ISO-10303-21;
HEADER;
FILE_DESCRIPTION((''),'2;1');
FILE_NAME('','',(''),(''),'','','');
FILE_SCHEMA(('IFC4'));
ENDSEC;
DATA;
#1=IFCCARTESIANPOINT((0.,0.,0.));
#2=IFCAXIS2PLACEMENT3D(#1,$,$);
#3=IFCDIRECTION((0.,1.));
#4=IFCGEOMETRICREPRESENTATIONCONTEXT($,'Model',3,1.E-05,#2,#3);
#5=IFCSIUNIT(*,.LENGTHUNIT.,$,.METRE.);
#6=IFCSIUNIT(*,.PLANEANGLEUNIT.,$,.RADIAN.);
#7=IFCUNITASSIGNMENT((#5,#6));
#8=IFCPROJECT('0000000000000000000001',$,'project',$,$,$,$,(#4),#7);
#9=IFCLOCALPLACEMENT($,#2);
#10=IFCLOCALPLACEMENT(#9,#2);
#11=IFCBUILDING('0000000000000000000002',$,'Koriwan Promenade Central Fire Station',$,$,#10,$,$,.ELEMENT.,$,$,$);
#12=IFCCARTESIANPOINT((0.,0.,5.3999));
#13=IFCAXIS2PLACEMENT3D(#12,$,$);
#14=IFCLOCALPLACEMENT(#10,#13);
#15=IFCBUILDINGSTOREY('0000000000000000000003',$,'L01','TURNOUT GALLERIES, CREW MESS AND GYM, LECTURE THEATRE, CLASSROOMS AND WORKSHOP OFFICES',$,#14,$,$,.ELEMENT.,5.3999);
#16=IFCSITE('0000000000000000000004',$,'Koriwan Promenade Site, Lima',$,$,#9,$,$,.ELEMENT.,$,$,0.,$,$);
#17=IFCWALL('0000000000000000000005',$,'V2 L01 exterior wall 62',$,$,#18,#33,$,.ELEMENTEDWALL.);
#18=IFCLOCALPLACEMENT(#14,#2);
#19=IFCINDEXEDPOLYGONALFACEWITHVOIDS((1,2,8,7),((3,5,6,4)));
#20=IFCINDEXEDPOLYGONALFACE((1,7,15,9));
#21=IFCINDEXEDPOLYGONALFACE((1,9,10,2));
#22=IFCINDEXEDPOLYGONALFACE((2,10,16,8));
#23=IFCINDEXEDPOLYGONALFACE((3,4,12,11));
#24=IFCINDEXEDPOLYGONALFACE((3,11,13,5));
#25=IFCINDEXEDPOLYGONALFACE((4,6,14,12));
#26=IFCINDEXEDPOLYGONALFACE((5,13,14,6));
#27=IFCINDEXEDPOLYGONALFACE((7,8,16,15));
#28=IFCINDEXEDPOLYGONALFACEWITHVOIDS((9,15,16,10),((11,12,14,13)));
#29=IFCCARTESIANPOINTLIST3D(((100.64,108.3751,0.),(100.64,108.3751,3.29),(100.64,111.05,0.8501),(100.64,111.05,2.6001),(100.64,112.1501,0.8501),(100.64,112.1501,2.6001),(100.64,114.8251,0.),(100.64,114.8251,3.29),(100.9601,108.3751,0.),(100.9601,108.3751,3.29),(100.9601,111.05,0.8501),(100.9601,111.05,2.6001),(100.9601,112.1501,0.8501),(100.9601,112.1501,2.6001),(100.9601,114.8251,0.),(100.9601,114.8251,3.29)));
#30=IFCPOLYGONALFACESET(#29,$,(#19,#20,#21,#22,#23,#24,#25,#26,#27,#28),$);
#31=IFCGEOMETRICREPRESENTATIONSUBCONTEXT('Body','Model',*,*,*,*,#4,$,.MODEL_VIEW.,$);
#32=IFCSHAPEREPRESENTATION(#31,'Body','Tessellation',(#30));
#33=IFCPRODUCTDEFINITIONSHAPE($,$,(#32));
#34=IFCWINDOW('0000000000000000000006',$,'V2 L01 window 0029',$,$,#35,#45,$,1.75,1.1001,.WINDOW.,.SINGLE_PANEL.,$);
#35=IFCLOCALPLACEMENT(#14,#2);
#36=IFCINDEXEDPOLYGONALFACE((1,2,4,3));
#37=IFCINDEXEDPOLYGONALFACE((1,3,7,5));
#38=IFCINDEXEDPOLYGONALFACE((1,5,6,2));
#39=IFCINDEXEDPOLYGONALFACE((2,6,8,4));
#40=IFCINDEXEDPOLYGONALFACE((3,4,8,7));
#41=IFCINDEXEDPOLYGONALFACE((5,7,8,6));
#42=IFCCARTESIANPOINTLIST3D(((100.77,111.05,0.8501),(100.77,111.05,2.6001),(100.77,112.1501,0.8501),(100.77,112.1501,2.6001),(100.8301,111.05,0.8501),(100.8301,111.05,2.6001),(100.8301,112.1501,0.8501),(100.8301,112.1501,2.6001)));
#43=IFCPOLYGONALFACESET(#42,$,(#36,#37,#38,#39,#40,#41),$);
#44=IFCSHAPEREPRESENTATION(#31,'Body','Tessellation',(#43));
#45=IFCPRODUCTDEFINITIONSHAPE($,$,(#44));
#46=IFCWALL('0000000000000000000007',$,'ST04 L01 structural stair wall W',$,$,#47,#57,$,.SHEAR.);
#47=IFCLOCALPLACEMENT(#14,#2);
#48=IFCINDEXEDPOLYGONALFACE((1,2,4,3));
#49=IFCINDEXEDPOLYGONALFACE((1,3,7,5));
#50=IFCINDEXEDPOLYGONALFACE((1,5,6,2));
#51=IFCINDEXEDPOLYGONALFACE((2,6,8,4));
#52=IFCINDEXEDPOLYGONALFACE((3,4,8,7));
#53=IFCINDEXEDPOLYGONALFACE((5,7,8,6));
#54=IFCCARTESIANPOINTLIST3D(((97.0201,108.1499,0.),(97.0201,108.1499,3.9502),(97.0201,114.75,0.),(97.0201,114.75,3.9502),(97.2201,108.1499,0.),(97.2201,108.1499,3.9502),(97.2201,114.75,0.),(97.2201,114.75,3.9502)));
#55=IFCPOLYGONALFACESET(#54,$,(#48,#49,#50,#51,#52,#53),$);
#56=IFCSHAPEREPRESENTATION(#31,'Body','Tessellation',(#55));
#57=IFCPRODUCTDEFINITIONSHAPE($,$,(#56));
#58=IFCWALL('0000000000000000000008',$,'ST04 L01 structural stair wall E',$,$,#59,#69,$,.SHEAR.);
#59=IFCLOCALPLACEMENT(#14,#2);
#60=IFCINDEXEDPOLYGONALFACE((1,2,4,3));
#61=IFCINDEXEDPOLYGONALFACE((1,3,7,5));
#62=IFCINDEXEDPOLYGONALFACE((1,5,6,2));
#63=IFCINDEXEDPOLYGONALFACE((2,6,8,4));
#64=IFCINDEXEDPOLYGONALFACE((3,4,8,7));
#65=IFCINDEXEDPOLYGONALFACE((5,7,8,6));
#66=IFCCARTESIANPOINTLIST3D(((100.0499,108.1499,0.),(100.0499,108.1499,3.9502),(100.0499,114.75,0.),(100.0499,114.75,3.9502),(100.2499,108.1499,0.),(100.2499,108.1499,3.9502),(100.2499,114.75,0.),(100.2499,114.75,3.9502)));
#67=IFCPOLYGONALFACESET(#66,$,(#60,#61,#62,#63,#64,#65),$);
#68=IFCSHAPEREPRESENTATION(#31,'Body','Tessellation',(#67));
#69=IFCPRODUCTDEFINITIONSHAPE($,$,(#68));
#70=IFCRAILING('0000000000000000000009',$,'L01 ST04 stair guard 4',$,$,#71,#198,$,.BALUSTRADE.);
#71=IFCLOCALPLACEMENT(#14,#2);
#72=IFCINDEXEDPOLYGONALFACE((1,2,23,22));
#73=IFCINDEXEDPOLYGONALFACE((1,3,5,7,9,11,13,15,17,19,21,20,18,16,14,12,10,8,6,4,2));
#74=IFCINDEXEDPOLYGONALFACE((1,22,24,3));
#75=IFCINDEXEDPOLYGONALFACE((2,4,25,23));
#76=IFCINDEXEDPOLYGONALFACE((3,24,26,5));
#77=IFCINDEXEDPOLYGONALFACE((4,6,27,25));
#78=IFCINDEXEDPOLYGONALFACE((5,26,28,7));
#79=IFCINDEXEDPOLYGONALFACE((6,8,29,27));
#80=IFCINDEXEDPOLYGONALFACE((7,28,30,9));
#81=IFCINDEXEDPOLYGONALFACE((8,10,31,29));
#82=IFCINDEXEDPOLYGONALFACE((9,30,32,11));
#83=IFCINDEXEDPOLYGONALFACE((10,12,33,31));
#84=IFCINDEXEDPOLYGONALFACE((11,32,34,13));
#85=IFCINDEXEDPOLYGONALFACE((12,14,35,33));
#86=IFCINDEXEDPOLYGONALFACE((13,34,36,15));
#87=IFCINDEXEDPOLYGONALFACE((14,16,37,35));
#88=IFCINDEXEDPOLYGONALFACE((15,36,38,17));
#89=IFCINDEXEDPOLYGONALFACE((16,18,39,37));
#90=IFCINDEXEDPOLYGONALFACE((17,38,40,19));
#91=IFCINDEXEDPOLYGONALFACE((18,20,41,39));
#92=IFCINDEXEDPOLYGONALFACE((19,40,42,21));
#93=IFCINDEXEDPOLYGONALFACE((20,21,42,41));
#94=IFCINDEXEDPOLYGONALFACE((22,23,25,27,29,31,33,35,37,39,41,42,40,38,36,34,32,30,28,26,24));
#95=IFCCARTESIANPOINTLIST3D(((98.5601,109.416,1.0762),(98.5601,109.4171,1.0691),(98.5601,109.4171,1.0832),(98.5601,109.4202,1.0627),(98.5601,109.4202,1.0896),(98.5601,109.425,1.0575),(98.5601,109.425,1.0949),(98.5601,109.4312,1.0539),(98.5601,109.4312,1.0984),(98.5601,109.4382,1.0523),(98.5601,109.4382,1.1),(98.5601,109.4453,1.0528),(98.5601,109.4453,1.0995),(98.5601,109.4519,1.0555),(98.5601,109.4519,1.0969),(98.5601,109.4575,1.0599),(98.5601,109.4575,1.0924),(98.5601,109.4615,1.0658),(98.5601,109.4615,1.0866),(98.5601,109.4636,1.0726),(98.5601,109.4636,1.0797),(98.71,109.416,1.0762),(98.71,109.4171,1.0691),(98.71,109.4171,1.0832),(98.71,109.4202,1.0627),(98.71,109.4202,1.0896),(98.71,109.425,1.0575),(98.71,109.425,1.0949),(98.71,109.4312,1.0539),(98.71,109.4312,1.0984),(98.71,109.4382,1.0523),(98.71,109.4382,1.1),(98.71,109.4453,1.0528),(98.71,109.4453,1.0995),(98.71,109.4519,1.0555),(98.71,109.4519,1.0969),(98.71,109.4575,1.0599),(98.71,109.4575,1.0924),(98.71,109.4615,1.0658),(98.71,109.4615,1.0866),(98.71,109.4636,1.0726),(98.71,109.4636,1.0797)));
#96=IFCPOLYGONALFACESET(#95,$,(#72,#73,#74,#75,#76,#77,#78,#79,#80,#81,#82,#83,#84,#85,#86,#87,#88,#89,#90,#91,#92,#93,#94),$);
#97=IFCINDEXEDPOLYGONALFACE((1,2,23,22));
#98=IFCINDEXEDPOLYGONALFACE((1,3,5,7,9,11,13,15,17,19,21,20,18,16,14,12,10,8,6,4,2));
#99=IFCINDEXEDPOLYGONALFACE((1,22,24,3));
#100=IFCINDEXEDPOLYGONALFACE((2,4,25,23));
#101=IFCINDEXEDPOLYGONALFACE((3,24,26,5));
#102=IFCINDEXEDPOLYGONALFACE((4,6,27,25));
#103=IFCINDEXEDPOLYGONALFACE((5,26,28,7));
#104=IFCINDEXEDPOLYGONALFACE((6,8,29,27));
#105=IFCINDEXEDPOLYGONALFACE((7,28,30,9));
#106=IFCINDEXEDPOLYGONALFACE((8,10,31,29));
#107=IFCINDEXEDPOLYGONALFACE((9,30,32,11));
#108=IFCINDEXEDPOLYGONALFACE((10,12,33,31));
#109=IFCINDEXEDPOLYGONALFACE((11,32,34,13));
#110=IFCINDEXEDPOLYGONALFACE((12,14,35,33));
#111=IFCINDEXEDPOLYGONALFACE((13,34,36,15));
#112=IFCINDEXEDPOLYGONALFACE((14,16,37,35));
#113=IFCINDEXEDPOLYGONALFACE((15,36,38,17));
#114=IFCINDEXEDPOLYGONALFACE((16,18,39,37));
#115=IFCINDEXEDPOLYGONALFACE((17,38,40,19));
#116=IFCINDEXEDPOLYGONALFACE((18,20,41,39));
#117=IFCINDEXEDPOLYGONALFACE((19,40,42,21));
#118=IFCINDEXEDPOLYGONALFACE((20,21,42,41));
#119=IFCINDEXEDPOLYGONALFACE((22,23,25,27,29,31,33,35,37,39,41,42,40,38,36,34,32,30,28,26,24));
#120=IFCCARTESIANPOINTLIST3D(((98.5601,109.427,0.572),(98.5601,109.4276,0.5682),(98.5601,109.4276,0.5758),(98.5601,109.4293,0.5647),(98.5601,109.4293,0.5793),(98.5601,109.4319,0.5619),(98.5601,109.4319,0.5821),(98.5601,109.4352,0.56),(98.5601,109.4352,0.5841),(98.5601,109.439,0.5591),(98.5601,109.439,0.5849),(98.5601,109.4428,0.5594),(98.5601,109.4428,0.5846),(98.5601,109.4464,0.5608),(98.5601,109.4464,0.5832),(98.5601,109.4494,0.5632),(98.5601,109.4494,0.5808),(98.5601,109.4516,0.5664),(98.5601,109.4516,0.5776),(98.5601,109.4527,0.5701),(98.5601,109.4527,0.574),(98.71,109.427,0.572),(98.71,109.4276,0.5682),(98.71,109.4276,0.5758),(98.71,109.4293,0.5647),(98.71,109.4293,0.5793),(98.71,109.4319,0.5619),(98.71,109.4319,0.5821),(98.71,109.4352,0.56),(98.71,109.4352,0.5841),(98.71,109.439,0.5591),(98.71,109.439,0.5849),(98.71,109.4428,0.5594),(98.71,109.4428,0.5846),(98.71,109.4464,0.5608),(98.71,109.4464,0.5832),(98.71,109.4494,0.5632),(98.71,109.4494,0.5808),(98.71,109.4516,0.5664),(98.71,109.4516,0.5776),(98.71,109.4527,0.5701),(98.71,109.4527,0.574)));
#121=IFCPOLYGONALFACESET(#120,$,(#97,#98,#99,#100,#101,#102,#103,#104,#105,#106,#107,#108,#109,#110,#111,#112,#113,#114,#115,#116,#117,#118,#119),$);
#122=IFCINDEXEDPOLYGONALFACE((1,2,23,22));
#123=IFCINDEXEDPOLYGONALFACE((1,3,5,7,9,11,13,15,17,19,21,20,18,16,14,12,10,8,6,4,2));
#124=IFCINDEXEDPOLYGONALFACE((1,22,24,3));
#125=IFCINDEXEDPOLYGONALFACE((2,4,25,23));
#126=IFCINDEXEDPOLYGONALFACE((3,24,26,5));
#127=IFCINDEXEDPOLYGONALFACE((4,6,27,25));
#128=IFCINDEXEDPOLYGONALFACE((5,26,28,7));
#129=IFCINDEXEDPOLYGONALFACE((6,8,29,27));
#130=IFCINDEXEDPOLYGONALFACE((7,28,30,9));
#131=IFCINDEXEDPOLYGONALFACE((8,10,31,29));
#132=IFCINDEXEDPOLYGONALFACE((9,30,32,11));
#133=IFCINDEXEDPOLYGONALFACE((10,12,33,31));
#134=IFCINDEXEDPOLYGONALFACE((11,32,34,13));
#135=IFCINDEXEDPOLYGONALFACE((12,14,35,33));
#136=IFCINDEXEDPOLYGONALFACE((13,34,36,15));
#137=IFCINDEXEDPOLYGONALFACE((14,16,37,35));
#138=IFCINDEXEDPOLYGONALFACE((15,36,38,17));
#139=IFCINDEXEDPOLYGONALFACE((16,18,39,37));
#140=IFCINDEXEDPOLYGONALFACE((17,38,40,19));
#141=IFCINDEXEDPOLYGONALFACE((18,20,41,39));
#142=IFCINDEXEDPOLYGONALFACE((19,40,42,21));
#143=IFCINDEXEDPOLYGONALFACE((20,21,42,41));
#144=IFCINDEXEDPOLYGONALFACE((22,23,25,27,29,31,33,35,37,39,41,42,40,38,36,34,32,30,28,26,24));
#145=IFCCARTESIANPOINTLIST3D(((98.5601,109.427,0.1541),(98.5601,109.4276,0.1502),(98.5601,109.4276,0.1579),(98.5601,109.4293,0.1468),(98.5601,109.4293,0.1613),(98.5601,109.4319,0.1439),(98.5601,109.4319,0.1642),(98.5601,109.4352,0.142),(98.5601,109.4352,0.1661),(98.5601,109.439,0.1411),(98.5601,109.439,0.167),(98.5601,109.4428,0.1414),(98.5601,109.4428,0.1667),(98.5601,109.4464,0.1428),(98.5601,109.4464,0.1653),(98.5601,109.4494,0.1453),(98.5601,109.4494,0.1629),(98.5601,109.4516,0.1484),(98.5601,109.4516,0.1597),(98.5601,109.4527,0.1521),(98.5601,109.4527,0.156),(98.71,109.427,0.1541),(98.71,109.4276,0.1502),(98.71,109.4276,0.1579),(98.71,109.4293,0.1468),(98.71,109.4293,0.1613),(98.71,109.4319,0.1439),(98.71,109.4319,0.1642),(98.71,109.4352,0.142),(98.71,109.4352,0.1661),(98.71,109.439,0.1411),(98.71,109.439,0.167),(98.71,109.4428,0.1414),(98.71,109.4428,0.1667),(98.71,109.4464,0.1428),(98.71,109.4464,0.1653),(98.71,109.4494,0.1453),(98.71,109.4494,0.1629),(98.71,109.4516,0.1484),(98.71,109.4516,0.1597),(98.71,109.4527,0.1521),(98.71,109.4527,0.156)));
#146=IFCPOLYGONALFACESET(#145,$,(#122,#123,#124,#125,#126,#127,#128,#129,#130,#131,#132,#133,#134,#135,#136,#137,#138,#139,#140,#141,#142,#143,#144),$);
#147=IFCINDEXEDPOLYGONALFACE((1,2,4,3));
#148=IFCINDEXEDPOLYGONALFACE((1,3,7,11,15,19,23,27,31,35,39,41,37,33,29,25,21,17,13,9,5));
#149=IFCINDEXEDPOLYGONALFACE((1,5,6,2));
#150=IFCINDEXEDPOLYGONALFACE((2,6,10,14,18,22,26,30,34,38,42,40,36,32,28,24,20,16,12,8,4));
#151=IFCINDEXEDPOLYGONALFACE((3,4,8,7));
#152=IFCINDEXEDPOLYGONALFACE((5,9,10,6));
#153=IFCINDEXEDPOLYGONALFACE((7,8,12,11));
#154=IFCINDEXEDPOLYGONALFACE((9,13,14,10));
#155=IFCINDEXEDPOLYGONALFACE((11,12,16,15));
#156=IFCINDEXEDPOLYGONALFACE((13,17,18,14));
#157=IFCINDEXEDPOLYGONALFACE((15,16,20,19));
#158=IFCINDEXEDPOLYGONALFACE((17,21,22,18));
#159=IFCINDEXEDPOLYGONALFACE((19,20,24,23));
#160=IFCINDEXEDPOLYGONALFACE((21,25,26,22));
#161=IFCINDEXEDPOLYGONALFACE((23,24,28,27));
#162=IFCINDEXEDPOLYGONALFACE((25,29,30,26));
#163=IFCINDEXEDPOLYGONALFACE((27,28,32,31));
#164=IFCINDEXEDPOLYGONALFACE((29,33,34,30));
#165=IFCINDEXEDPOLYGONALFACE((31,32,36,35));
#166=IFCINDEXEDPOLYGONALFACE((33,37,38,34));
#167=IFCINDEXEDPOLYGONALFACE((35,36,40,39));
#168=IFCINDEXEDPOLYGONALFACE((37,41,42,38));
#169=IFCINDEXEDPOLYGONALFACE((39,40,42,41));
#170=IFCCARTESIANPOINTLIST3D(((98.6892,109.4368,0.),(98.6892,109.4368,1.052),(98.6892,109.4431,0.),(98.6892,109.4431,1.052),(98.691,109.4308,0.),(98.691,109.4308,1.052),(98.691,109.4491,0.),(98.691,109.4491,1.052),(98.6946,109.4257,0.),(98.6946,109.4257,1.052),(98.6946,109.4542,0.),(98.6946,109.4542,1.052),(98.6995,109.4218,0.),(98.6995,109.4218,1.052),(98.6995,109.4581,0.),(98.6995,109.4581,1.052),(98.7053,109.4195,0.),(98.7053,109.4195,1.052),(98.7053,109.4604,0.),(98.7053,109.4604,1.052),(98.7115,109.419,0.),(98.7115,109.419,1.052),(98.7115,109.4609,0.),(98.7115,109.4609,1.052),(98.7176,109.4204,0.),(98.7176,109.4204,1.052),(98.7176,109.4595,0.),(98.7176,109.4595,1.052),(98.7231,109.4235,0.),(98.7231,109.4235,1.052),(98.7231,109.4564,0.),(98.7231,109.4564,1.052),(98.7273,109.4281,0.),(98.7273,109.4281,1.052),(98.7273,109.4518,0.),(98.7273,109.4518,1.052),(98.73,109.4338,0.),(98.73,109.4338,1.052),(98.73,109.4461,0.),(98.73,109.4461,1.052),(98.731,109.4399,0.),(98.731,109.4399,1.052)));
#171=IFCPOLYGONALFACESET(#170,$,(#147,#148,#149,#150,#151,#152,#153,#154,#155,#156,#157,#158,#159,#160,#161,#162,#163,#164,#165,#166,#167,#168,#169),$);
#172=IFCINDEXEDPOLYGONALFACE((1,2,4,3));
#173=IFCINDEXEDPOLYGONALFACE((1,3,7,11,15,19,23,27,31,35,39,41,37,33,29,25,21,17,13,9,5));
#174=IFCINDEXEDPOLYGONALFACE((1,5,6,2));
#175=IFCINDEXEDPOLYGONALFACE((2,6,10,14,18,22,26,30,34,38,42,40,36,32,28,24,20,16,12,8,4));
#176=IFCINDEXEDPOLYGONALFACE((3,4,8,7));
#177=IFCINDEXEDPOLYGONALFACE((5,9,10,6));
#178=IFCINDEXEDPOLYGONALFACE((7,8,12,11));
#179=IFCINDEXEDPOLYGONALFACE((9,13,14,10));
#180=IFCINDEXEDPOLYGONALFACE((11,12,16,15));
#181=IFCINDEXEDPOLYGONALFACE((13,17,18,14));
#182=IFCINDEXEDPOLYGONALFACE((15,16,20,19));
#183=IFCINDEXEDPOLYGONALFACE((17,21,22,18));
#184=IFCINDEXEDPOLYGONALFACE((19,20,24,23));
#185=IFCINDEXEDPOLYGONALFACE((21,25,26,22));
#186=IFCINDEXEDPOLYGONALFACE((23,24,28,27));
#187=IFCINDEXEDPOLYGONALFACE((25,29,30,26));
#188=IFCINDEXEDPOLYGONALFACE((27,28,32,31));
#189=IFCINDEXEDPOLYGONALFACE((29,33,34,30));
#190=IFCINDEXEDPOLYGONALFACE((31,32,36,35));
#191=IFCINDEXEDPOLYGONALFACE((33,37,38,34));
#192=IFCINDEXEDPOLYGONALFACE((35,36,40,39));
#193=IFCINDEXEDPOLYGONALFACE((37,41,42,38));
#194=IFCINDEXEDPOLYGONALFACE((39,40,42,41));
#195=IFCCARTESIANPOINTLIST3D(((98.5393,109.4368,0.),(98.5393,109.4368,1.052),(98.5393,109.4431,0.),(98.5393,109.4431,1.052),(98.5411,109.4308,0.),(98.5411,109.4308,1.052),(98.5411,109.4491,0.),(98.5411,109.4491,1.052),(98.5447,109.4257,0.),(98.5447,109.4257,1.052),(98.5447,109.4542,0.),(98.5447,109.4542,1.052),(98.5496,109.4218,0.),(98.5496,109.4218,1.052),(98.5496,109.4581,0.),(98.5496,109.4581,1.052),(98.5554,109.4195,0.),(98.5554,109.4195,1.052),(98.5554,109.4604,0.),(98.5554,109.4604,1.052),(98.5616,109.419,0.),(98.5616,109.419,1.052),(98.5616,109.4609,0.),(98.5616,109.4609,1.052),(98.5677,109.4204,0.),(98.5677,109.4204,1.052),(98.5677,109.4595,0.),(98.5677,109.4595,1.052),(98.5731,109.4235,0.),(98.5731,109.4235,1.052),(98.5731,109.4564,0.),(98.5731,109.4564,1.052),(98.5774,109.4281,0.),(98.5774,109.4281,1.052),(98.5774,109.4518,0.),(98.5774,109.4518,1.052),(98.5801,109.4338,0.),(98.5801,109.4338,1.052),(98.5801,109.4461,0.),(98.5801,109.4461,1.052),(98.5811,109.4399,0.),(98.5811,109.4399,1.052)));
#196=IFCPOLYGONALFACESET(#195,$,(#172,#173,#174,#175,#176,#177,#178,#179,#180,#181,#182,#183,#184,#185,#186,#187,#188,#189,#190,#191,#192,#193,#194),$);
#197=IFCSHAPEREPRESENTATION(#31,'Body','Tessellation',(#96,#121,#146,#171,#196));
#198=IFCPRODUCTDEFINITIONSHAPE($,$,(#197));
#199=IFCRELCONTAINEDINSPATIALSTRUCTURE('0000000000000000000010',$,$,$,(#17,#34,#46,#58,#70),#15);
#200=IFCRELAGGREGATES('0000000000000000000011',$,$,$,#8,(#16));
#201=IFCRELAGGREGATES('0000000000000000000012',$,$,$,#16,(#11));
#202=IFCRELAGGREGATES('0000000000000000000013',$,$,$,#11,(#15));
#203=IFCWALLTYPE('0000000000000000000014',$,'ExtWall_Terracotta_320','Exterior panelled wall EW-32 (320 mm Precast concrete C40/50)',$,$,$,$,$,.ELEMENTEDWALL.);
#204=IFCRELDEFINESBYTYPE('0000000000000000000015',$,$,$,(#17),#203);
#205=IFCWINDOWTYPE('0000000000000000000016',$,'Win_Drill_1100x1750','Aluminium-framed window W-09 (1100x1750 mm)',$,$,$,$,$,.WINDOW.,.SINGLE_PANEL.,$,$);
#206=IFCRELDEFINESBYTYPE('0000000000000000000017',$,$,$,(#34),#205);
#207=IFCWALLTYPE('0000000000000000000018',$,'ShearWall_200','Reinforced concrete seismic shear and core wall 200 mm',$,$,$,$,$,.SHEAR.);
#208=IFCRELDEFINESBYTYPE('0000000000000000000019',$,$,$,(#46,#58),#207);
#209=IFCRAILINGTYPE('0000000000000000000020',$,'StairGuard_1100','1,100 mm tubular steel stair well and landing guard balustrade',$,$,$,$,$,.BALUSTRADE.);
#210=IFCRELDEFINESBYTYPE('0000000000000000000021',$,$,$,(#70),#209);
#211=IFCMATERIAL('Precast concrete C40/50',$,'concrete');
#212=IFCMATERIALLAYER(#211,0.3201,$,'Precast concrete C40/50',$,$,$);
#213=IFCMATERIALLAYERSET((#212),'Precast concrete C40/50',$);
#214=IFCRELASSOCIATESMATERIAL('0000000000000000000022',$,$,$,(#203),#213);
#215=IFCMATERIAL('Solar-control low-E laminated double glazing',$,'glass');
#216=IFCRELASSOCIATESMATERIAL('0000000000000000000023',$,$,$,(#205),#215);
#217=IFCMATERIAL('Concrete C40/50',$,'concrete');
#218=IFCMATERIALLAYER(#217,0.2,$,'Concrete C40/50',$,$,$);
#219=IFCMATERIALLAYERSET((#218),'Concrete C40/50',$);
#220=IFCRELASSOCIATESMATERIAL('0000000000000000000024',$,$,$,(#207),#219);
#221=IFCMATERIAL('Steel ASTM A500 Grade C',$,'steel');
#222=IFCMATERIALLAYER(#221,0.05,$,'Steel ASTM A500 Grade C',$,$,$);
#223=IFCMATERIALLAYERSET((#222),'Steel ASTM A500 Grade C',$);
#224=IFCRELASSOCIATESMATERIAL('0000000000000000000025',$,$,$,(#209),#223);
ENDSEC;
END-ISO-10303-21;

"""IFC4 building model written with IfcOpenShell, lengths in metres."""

from ifc_helpers import new_model, si_unit, direction, frame, frame_2d, origin, origin_2d, place, context, subcontext, project, spatial, rectangle, circle, extrude, material, layer, layer_set, type_object, element, fill, save


model = new_model("IFC4")

# Units and contexts
model_context = context("Model", 3, precision=1e-05, world=origin(), true_north=direction((0.0, 1.0)))
body_context = subcontext(model_context, "Body", "Model", "MODEL_VIEW")
ifc_project = project(units=[si_unit("LENGTHUNIT", "METRE"), si_unit("PLANEANGLEUNIT", "RADIAN")], contexts=[model_context])

# Site, building, storey
site_placement = place(None, origin())
site = spatial("IfcSite", under=ifc_project, at=site_placement, Name="Koriwan Promenade Site, Lima", CompositionType="ELEMENT", RefElevation=0.0)
building_placement = place(site_placement, origin())
building = spatial("IfcBuilding", under=site, at=building_placement, Name="Koriwan Promenade Central Fire Station", CompositionType="ELEMENT")
storey_placement = place(building_placement, frame((0.0, 0.0, 5.3999)))
storey = spatial("IfcBuildingStorey", under=building, at=storey_placement, Name="L01", Description="TURNOUT GALLERIES, CREW MESS AND GYM, LECTURE THEATRE, CLASSROOMS AND WORKSHOP OFFICES", CompositionType="ELEMENT", Elevation=5.3999)

# Shared definitions
ifc_material_1 = material(Name="Concrete C40/50", Category="concrete")

# Shared definitions
ifc_material_2 = material(Name="Precast concrete C40/50", Category="concrete")
ifc_layer_1 = layer(ifc_material_2, 0.3201, Name="Precast concrete C40/50")
ifc_layer_set_1 = layer_set([ifc_layer_1], Name="Precast concrete C40/50")
wall_type_1 = type_object("IfcWallType", Name="ExtWall_Terracotta_320", Description="Exterior panelled wall EW-32 (320 mm Precast concrete C40/50)", PredefinedType="ELEMENTEDWALL", material=ifc_layer_set_1)

# Wall, opening, window
wall_1_placement = place(storey_placement, frame((100.8, 108.375, 0.0), z_axis=(0.0, 0.0, 1.0), x_axis=(0.0, 1.0, 0.0)))
wall_1 = element("IfcWall", 1, at=wall_1_placement, inside=storey, type_object=wall_type_1, Name="V2 L01 exterior wall 62", PredefinedType="ELEMENTEDWALL", context=body_context, shape_type="SweptSolid", body=[
    extrude(rectangle(XDim=6.45, YDim=0.3201, at=frame_2d((3.2251, 0.0))), origin(), (0.0, 0.0, 1.0), 3.29),
])
opening_1_placement = place(wall_1_placement, frame((2.675, 0.0, 0.8501)))
opening_1 = element("IfcOpeningElement", 2, at=opening_1_placement, cuts=wall_1, PredefinedType="OPENING", context=body_context, shape_type="SweptSolid", body=[
    extrude(rectangle(XDim=1.1001, YDim=1.75, at=frame_2d((0.55, 0.875))), frame((0.0, 0.1719, 0.0), z_axis=(0.0, -1.0, 0.0), x_axis=(1.0, 0.0, 0.0)), (0.0, 0.0, 1.0), 0.344),
])
ifc_material_3 = material(Name="Solar-control low-E laminated double glazing", Category="glass")
window_type = type_object("IfcWindowType", Name="Win_Drill_1100x1750", Description="Aluminium-framed window W-09 (1100x1750 mm)", PartitioningType="SINGLE_PANEL", PredefinedType="WINDOW", material=ifc_material_3)
window_placement = place(opening_1_placement, origin())
window = element("IfcWindow", 3, at=window_placement, inside=storey, type_object=window_type, Name="V2 L01 window 0029", OverallHeight=1.75, OverallWidth=1.1001, PartitioningType="SINGLE_PANEL", PredefinedType="WINDOW", context=body_context, shape_type="SweptSolid", body=[
    extrude(rectangle(XDim=1.1001, YDim=1.75, at=frame_2d((0.55, 0.875))), frame((0.0, 0.03, 0.0), z_axis=(0.0, -1.0, 0.0), x_axis=(1.0, 0.0, 0.0)), (0.0, 0.0, 1.0), 0.0601),
])
fill(opening_1, window)

# Shared definitions
ifc_layer_2 = layer(ifc_material_1, 0.2, Name="Concrete C40/50")
ifc_layer_set_2 = layer_set([ifc_layer_2], Name="Concrete C40/50")
wall_type_2 = type_object("IfcWallType", Name="ShearWall_200", Description="Reinforced concrete seismic shear and core wall 200 mm", PredefinedType="SHEAR", material=ifc_layer_set_2)

# Walls
for number, where, z_axis, x_axis, name in (
    (4, (97.1201, 108.1499, 0.0), (0.0, 0.0, 1.0), (0.0, 1.0, 0.0), "ST04 L01 structural stair wall W"),
    (5, (100.1499, 108.1499, 0.0), (0.0, 0.0, 1.0), (0.0, 1.0, 0.0), "ST04 L01 structural stair wall E"),
):
    element("IfcWall", number, at=place(storey_placement, frame(where, z_axis=z_axis, x_axis=x_axis)), inside=storey, type_object=wall_type_2, Name=name, PredefinedType="SHEAR", context=body_context, shape_type="SweptSolid", body=[
        extrude(rectangle(XDim=6.6001, YDim=0.2, at=frame_2d((3.3, 0.0))), origin(), (0.0, 0.0, 1.0), 3.9502),
    ])

# Railing
ifc_material_4 = material(Name="Steel ASTM A500 Grade C", Category="steel")
ifc_layer_3 = layer(ifc_material_4, 0.05, Name="Steel ASTM A500 Grade C")
ifc_layer_set_3 = layer_set([ifc_layer_3], Name="Steel ASTM A500 Grade C")
railing_type_1 = type_object("IfcRailingType", Name="StairGuard_1100", Description="1,100 mm tubular steel stair well and landing guard balustrade", PredefinedType="BALUSTRADE", material=ifc_layer_set_3)
railing_1_placement = place(storey_placement, frame((98.71, 109.4399, 0.0)))
element("IfcRailing", 6, at=railing_1_placement, inside=storey, type_object=railing_type_1, Name="L01 ST04 stair guard 4", PredefinedType="BALUSTRADE", context=body_context, shape_type="SweptSolid", body=[
    extrude(circle(Radius=0.0239, at=origin_2d()), frame((0.0, 0.0, 1.0762), z_axis=(-1.0, 0.0, 0.0), x_axis=(0.0, -1.0, 0.0)), (0.0, 0.0, 1.0), 0.1499),
    extrude(circle(Radius=0.0129, at=origin_2d()), frame((0.0, 0.0, 0.572), z_axis=(-1.0, 0.0, 0.0), x_axis=(0.0, -1.0, 0.0)), (0.0, 0.0, 1.0), 0.1499),
    extrude(circle(Radius=0.0129, at=origin_2d()), frame((0.0, 0.0, 0.1541), z_axis=(-1.0, 0.0, 0.0), x_axis=(0.0, -1.0, 0.0)), (0.0, 0.0, 1.0), 0.1499),
    extrude(circle(Radius=0.021, at=origin_2d()), origin(), (0.0, 0.0, 1.0), 1.052),
    extrude(circle(Radius=0.021, at=origin_2d()), frame((-0.1499, 0.0, 0.0)), (0.0, 0.0, 1.0), 1.052),
])

save(model, "model.ifc")
